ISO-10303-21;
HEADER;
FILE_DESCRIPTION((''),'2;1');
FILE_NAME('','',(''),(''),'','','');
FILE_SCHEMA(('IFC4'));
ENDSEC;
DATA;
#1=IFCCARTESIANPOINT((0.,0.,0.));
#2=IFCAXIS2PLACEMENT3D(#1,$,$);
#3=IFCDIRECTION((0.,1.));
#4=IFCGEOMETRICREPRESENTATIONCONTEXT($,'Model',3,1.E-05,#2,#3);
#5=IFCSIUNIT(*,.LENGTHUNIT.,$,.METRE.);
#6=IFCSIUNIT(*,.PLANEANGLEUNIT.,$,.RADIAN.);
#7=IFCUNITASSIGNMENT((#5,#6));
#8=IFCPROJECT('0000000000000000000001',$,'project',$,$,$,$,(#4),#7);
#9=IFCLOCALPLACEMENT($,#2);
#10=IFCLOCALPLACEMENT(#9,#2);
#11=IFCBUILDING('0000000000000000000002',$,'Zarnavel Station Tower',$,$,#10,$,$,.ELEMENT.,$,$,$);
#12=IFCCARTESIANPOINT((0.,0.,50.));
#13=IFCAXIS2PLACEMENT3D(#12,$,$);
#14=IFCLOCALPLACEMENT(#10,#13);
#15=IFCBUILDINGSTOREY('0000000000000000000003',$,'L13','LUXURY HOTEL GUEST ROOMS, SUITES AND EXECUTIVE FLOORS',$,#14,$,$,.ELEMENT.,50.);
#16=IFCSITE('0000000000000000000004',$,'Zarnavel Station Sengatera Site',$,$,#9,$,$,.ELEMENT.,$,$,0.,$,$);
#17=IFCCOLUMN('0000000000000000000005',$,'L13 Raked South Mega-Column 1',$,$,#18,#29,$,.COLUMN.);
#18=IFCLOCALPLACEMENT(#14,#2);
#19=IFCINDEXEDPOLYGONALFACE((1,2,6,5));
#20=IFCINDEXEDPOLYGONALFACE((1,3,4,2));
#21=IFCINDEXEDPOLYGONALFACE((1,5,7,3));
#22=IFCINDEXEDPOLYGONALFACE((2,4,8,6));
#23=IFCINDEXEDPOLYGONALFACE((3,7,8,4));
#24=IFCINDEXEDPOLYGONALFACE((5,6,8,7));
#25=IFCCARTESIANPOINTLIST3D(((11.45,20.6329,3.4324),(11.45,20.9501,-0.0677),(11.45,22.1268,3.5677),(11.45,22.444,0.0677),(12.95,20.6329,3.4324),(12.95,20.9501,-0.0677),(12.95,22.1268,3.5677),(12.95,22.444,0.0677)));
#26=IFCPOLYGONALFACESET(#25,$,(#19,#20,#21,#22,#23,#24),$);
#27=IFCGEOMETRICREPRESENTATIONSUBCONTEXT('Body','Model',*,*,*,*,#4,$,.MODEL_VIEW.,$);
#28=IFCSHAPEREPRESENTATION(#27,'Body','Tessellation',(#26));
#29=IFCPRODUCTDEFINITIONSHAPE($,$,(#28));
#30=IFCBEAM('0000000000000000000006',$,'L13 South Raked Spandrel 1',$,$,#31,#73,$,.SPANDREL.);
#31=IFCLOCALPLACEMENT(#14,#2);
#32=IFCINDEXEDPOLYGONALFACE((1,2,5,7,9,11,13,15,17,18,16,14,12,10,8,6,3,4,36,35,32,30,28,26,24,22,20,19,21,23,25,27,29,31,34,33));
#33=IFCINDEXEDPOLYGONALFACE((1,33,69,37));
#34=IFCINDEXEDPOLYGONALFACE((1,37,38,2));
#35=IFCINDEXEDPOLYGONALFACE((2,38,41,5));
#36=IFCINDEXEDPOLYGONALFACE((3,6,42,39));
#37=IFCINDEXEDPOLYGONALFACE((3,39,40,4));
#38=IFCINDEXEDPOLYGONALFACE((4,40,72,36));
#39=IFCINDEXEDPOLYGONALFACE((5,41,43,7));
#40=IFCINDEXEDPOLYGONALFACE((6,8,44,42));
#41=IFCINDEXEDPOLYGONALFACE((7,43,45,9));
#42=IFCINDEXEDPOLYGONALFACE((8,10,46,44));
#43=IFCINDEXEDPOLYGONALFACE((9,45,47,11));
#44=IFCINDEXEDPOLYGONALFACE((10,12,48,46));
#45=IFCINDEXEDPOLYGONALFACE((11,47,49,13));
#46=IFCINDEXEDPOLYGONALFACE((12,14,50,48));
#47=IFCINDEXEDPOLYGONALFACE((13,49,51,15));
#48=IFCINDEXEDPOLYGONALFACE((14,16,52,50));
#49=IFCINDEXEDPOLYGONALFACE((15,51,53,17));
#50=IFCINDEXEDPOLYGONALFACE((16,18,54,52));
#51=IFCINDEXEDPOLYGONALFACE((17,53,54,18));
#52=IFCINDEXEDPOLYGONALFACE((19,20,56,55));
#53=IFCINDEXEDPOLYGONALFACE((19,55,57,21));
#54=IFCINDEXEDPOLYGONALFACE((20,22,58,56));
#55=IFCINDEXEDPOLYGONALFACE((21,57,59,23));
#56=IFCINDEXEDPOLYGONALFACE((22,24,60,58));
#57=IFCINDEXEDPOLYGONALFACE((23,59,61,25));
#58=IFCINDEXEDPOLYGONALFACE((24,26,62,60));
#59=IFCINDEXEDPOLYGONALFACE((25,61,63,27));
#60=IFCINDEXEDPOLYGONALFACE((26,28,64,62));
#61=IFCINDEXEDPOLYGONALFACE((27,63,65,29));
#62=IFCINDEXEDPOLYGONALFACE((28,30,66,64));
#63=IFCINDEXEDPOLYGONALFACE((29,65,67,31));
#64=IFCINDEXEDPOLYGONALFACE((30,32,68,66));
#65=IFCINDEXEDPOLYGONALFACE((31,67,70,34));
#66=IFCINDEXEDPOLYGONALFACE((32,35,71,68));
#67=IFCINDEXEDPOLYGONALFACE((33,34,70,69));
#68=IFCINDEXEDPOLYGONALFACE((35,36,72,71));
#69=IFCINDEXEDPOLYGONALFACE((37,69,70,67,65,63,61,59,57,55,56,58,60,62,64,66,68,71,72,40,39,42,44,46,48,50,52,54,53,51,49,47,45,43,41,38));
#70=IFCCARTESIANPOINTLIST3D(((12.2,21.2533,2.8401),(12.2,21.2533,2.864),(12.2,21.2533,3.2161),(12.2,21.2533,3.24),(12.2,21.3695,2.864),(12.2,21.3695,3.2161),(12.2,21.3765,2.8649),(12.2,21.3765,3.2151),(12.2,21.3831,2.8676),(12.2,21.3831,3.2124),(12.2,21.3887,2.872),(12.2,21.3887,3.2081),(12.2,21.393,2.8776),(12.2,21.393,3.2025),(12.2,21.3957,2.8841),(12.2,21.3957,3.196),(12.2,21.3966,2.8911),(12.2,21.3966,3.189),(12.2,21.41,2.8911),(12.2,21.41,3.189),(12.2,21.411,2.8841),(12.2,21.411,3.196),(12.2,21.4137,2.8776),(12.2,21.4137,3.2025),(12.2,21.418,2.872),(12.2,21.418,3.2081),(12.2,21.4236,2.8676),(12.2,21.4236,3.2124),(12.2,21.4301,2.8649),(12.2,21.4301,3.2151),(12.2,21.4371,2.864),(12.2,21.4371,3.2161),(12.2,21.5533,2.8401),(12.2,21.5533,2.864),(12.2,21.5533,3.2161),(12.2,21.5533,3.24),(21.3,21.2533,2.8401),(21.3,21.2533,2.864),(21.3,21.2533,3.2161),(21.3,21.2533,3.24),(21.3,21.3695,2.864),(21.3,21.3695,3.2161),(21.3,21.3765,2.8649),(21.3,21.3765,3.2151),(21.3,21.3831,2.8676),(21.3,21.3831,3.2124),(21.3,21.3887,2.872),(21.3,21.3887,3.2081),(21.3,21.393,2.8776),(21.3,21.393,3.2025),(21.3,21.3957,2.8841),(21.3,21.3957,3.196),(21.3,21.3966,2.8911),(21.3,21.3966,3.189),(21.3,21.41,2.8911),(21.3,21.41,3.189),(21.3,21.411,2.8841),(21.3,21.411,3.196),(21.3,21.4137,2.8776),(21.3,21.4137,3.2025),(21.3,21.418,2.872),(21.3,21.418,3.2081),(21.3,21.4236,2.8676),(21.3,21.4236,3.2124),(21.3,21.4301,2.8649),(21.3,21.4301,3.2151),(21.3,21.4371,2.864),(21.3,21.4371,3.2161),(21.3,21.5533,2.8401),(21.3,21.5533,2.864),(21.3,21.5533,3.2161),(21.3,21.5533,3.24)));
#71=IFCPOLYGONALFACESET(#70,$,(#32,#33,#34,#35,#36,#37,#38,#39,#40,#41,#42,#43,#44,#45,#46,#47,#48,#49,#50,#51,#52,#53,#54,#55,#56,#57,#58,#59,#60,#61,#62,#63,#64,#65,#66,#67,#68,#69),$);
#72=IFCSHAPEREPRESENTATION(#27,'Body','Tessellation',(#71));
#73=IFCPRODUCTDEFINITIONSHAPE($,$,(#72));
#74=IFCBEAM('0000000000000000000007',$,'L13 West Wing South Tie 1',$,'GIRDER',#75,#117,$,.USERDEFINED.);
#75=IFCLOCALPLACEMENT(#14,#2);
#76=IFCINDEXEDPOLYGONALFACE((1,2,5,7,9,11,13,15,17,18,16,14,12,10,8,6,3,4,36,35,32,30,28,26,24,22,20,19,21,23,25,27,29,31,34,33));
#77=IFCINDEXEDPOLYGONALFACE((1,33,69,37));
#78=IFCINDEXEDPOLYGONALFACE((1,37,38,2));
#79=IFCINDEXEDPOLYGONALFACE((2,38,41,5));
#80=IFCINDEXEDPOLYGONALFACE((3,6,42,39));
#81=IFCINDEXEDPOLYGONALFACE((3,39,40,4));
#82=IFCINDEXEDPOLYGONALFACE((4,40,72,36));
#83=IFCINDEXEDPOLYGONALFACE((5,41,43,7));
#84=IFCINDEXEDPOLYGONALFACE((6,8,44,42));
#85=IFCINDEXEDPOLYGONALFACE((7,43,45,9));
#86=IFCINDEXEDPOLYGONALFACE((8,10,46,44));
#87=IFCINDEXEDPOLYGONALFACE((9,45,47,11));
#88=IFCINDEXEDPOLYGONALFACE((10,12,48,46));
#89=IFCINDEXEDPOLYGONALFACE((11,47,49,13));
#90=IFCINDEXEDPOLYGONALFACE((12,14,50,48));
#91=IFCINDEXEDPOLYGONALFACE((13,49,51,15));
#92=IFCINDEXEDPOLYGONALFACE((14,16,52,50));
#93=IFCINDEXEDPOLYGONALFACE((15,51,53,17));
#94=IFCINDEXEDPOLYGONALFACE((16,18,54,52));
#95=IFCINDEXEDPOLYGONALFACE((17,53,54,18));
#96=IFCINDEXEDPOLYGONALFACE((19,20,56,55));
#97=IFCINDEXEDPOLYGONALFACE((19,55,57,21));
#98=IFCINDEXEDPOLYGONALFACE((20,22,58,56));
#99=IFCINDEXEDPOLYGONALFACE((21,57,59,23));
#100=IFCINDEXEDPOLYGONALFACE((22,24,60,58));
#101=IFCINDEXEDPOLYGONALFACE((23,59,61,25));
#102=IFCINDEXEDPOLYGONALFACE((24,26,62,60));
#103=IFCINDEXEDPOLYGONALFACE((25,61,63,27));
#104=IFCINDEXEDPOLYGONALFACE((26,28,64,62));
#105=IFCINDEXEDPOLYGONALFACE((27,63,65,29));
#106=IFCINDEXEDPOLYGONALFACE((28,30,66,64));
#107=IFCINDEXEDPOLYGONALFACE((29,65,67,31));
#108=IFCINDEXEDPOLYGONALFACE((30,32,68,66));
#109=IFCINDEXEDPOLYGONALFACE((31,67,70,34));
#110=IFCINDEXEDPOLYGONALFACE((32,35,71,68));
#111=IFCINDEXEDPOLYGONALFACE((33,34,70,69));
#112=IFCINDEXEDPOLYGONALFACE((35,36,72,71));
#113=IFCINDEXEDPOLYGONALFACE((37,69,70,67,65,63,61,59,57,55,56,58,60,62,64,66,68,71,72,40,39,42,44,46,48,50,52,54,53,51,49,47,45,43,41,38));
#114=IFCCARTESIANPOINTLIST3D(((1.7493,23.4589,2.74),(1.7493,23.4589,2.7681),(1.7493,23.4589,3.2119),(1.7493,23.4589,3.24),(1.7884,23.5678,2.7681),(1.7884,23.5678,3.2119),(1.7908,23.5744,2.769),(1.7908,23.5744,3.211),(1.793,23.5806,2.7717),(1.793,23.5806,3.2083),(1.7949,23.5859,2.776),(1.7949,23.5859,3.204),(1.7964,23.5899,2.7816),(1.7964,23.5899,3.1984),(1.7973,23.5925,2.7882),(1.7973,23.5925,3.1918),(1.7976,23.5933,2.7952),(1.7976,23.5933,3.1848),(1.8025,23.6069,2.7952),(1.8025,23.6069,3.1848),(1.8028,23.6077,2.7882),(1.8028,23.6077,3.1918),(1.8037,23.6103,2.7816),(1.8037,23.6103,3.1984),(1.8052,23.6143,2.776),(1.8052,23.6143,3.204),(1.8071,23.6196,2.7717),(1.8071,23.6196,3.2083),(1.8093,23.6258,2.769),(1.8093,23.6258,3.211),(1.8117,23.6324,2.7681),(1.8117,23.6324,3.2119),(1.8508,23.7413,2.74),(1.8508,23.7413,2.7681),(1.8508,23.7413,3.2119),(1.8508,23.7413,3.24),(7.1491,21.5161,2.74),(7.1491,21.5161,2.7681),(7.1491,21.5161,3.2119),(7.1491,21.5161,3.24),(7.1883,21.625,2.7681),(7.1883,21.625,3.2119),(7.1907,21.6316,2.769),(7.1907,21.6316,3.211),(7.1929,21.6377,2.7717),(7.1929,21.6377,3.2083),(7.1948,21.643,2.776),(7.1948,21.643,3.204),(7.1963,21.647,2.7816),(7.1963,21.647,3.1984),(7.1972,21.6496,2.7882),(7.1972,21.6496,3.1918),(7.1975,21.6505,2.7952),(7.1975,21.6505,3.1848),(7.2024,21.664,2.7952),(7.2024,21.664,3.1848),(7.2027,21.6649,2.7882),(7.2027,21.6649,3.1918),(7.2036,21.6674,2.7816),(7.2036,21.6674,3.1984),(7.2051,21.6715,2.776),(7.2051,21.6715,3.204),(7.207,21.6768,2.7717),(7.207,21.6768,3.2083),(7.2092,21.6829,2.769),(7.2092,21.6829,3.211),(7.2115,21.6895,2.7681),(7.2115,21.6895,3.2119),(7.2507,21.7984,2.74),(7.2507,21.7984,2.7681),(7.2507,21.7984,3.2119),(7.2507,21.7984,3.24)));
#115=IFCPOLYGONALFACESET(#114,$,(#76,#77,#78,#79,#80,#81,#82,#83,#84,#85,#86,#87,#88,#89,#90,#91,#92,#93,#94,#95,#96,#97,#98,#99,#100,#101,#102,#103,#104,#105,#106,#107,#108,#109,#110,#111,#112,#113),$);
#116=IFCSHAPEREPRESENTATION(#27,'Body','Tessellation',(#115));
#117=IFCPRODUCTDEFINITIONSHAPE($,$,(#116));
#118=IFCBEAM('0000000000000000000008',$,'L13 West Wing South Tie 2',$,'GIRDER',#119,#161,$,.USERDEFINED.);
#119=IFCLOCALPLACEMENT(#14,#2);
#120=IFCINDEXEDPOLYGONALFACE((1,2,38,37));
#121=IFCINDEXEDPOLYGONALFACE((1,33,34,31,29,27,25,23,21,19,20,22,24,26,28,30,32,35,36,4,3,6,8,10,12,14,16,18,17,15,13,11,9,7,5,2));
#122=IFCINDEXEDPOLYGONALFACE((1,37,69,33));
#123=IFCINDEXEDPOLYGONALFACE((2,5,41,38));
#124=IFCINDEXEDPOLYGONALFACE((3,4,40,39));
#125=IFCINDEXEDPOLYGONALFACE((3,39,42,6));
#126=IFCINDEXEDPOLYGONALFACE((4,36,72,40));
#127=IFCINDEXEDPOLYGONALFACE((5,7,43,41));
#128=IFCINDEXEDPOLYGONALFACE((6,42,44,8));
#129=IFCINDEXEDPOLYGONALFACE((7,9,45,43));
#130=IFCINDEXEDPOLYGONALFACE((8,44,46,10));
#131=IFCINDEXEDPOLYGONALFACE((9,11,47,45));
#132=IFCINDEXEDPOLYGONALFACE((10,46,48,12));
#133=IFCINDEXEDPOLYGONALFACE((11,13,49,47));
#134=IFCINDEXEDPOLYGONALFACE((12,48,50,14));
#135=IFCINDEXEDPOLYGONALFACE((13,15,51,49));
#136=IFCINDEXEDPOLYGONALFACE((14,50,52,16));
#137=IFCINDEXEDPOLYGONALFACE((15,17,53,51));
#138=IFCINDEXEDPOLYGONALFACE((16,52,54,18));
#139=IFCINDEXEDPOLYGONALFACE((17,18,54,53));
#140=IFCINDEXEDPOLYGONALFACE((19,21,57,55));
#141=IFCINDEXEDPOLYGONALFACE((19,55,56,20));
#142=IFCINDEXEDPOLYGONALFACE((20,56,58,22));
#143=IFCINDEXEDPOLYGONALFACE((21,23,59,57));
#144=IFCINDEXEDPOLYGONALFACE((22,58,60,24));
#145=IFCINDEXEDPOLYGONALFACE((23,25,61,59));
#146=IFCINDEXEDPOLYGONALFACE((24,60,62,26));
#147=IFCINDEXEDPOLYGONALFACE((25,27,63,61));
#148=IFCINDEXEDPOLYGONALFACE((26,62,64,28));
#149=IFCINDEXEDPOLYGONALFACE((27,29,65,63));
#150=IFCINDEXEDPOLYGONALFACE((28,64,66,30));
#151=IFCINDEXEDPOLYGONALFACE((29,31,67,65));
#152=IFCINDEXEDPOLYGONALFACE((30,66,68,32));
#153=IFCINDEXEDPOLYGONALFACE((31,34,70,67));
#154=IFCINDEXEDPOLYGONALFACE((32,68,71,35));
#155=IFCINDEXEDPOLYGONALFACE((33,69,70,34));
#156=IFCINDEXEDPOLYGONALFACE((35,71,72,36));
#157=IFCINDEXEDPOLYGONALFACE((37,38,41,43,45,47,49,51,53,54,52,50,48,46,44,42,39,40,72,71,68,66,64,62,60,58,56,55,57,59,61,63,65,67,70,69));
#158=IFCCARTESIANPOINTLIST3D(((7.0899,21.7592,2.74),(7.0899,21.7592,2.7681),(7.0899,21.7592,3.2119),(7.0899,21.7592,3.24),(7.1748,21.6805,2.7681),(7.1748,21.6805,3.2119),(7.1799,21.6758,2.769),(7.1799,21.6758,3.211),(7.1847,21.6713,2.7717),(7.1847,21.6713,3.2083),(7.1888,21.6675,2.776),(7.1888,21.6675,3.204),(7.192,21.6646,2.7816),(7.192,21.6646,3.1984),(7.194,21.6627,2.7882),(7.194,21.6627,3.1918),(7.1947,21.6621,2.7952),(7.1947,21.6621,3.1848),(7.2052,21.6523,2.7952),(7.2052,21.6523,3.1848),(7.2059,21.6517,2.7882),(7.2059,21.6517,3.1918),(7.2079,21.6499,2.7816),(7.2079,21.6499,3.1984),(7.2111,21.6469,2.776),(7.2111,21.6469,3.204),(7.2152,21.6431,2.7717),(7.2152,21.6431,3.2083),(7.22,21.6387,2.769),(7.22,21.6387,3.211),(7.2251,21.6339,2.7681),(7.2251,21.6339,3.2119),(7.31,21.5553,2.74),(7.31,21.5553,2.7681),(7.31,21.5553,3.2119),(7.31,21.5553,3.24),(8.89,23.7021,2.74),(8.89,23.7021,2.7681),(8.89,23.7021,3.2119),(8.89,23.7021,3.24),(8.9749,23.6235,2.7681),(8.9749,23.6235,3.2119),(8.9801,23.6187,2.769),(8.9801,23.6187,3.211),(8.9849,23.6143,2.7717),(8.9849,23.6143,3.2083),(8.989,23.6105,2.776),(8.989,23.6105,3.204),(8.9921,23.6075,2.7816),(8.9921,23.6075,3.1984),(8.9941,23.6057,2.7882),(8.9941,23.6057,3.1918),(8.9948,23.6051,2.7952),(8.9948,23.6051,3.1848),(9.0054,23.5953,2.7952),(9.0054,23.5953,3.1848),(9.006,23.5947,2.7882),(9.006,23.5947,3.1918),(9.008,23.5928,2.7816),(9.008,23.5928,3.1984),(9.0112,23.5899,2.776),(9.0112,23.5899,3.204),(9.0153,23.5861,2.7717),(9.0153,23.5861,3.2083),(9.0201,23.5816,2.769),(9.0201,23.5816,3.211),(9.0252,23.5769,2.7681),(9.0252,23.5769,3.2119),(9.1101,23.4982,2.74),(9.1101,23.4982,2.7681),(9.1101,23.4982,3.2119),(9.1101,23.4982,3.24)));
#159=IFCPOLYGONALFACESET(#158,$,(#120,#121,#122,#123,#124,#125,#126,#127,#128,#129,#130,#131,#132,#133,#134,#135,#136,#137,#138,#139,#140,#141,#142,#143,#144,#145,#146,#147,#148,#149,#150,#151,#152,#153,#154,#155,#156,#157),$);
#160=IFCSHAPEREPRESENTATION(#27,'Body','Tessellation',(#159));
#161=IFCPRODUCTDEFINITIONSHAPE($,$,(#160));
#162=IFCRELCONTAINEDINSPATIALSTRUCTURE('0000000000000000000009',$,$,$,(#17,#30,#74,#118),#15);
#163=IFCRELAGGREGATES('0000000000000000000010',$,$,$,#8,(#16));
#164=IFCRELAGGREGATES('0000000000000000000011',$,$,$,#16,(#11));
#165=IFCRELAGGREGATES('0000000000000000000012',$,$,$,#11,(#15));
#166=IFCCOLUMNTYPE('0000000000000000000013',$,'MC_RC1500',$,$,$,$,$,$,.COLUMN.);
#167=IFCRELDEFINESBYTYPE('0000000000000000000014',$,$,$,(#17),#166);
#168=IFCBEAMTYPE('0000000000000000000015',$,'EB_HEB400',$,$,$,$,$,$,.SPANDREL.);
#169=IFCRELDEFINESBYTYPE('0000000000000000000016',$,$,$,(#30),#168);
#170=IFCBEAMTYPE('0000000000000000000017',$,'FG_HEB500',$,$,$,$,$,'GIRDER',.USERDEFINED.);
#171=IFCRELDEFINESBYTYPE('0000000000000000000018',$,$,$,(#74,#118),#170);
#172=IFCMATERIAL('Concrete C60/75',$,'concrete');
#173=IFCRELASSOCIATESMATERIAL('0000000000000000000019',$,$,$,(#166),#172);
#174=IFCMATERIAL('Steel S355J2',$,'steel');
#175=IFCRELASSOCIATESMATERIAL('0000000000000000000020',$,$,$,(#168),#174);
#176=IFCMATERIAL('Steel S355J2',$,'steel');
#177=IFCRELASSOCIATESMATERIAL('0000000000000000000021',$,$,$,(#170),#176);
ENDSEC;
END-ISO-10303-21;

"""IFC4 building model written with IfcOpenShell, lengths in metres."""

from ifc_helpers import new_model, si_unit, direction, frame, origin, origin_2d, place, context, subcontext, project, spatial, rectangle, i_section, extrude, material, material_profile, profile_set, type_object, element, save


model = new_model("IFC4")

# Units and contexts
model_context = context("Model", 3, precision=1e-05, world=origin(), true_north=direction((0.0, 1.0)))
body_context = subcontext(model_context, "Body", "Model", "MODEL_VIEW")
ifc_project = project(units=[si_unit("LENGTHUNIT", "METRE"), si_unit("PLANEANGLEUNIT", "RADIAN")], contexts=[model_context])

# Site, building, storey
site_placement = place(None, origin())
site = spatial("IfcSite", under=ifc_project, at=site_placement, Name="Zarnavel Station Sengatera Site", CompositionType="ELEMENT", RefElevation=0.0)
building_placement = place(site_placement, origin())
building = spatial("IfcBuilding", under=site, at=building_placement, Name="Zarnavel Station Tower", CompositionType="ELEMENT")
storey_placement = place(building_placement, frame((0.0, 0.0, 50.0)))
storey = spatial("IfcBuildingStorey", under=building, at=storey_placement, Name="L13", Description="LUXURY HOTEL GUEST ROOMS, SUITES AND EXECUTIVE FLOORS", CompositionType="ELEMENT", Elevation=50.0)

# Column
ifc_material_1 = material(Name="Concrete C60/75", Category="concrete")
ifc_material_profile_1 = material_profile(ifc_material_1, rectangle(XDim=1.5, YDim=1.5, at=origin_2d()), Name="RC1500x1500")
ifc_profile_set_1 = profile_set([ifc_material_profile_1], Name="Concrete C60/75")
column_type_1 = type_object("IfcColumnType", Name="MC_RC1500", PredefinedType="COLUMN", material=ifc_profile_set_1)
column_1_placement = place(storey_placement, frame((12.2, 21.697, 0.0), z_axis=(0.0, -0.090241, 0.99592), x_axis=(1.0, 0.0, 0.0)))
element("IfcColumn", 1, at=column_1_placement, inside=storey, type_object=column_type_1, Name="L13 Raked South Mega-Column 1", PredefinedType="COLUMN", context=body_context, shape_type="SweptSolid", body=[
    extrude(rectangle(XDim=1.5, YDim=1.5, at=origin_2d()), origin(), (0.0, 0.0, 1.0), 3.5144),
])

# Beams
ifc_material_2 = material(Name="Steel S355J2", Category="steel")
ifc_material_profile_2 = material_profile(ifc_material_2, i_section(OverallWidth=0.3, OverallDepth=0.3999, WebThickness=0.0134, FlangeThickness=0.0239, FilletRadius=0.0271, at=origin_2d()), Name="HEB400")
ifc_profile_set_2 = profile_set([ifc_material_profile_2], Name="Steel S355J2")
beam_type_1 = type_object("IfcBeamType", Name="EB_HEB400", PredefinedType="SPANDREL", material=ifc_profile_set_2)
beam_1_placement = place(storey_placement, frame((12.2, 21.4033, 3.04), z_axis=(1.0, 0.0, 0.0), x_axis=(0.0, 1.0, 0.0)))
element("IfcBeam", 2, at=beam_1_placement, inside=storey, type_object=beam_type_1, Name="L13 South Raked Spandrel 1", PredefinedType="SPANDREL", context=body_context, shape_type="SweptSolid", body=[
    extrude(i_section(OverallWidth=0.3, OverallDepth=0.3999, WebThickness=0.0134, FlangeThickness=0.0239, FilletRadius=0.0271, at=origin_2d()), origin(), (0.0, 0.0, 1.0), 9.1001),
])
ifc_material_3 = material(Name="Steel S355J2", Category="steel")
ifc_material_profile_3 = material_profile(ifc_material_3, i_section(OverallWidth=0.3, OverallDepth=0.5, WebThickness=0.0144, FlangeThickness=0.0281, FilletRadius=0.0271, at=origin_2d()), Name="HEB500")
ifc_profile_set_3 = profile_set([ifc_material_profile_3], Name="Steel S355J2")
beam_type_2 = type_object("IfcBeamType", Name="FG_HEB500", ElementType="GIRDER", PredefinedType="USERDEFINED", material=ifc_profile_set_3)
beam_2_placement = place(storey_placement, frame((1.8, 23.6001, 2.99), z_axis=(0.940948, -0.338551, 0.0), x_axis=(0.338551, 0.940948, 0.0)))
element("IfcBeam", 3, at=beam_2_placement, inside=storey, type_object=beam_type_2, Name="L13 West Wing South Tie 1", ObjectType="GIRDER", PredefinedType="USERDEFINED", context=body_context, shape_type="SweptSolid", body=[
    extrude(i_section(OverallWidth=0.3, OverallDepth=0.5, WebThickness=0.0144, FlangeThickness=0.0281, FilletRadius=0.0271, at=origin_2d()), origin(), (0.0, 0.0, 1.0), 5.7388),
])
beam_3_placement = place(storey_placement, frame((7.2, 21.6572, 2.99), z_axis=(0.67963, 0.733555, 0.0), x_axis=(-0.733555, 0.67963, 0.0)))
element("IfcBeam", 4, at=beam_3_placement, inside=storey, type_object=beam_type_2, Name="L13 West Wing South Tie 2", ObjectType="GIRDER", PredefinedType="USERDEFINED", context=body_context, shape_type="SweptSolid", body=[
    extrude(i_section(OverallWidth=0.3, OverallDepth=0.5, WebThickness=0.0144, FlangeThickness=0.0281, FilletRadius=0.0271, at=origin_2d()), origin(), (0.0, 0.0, 1.0), 2.6487),
])

save(model, "model.ifc")
